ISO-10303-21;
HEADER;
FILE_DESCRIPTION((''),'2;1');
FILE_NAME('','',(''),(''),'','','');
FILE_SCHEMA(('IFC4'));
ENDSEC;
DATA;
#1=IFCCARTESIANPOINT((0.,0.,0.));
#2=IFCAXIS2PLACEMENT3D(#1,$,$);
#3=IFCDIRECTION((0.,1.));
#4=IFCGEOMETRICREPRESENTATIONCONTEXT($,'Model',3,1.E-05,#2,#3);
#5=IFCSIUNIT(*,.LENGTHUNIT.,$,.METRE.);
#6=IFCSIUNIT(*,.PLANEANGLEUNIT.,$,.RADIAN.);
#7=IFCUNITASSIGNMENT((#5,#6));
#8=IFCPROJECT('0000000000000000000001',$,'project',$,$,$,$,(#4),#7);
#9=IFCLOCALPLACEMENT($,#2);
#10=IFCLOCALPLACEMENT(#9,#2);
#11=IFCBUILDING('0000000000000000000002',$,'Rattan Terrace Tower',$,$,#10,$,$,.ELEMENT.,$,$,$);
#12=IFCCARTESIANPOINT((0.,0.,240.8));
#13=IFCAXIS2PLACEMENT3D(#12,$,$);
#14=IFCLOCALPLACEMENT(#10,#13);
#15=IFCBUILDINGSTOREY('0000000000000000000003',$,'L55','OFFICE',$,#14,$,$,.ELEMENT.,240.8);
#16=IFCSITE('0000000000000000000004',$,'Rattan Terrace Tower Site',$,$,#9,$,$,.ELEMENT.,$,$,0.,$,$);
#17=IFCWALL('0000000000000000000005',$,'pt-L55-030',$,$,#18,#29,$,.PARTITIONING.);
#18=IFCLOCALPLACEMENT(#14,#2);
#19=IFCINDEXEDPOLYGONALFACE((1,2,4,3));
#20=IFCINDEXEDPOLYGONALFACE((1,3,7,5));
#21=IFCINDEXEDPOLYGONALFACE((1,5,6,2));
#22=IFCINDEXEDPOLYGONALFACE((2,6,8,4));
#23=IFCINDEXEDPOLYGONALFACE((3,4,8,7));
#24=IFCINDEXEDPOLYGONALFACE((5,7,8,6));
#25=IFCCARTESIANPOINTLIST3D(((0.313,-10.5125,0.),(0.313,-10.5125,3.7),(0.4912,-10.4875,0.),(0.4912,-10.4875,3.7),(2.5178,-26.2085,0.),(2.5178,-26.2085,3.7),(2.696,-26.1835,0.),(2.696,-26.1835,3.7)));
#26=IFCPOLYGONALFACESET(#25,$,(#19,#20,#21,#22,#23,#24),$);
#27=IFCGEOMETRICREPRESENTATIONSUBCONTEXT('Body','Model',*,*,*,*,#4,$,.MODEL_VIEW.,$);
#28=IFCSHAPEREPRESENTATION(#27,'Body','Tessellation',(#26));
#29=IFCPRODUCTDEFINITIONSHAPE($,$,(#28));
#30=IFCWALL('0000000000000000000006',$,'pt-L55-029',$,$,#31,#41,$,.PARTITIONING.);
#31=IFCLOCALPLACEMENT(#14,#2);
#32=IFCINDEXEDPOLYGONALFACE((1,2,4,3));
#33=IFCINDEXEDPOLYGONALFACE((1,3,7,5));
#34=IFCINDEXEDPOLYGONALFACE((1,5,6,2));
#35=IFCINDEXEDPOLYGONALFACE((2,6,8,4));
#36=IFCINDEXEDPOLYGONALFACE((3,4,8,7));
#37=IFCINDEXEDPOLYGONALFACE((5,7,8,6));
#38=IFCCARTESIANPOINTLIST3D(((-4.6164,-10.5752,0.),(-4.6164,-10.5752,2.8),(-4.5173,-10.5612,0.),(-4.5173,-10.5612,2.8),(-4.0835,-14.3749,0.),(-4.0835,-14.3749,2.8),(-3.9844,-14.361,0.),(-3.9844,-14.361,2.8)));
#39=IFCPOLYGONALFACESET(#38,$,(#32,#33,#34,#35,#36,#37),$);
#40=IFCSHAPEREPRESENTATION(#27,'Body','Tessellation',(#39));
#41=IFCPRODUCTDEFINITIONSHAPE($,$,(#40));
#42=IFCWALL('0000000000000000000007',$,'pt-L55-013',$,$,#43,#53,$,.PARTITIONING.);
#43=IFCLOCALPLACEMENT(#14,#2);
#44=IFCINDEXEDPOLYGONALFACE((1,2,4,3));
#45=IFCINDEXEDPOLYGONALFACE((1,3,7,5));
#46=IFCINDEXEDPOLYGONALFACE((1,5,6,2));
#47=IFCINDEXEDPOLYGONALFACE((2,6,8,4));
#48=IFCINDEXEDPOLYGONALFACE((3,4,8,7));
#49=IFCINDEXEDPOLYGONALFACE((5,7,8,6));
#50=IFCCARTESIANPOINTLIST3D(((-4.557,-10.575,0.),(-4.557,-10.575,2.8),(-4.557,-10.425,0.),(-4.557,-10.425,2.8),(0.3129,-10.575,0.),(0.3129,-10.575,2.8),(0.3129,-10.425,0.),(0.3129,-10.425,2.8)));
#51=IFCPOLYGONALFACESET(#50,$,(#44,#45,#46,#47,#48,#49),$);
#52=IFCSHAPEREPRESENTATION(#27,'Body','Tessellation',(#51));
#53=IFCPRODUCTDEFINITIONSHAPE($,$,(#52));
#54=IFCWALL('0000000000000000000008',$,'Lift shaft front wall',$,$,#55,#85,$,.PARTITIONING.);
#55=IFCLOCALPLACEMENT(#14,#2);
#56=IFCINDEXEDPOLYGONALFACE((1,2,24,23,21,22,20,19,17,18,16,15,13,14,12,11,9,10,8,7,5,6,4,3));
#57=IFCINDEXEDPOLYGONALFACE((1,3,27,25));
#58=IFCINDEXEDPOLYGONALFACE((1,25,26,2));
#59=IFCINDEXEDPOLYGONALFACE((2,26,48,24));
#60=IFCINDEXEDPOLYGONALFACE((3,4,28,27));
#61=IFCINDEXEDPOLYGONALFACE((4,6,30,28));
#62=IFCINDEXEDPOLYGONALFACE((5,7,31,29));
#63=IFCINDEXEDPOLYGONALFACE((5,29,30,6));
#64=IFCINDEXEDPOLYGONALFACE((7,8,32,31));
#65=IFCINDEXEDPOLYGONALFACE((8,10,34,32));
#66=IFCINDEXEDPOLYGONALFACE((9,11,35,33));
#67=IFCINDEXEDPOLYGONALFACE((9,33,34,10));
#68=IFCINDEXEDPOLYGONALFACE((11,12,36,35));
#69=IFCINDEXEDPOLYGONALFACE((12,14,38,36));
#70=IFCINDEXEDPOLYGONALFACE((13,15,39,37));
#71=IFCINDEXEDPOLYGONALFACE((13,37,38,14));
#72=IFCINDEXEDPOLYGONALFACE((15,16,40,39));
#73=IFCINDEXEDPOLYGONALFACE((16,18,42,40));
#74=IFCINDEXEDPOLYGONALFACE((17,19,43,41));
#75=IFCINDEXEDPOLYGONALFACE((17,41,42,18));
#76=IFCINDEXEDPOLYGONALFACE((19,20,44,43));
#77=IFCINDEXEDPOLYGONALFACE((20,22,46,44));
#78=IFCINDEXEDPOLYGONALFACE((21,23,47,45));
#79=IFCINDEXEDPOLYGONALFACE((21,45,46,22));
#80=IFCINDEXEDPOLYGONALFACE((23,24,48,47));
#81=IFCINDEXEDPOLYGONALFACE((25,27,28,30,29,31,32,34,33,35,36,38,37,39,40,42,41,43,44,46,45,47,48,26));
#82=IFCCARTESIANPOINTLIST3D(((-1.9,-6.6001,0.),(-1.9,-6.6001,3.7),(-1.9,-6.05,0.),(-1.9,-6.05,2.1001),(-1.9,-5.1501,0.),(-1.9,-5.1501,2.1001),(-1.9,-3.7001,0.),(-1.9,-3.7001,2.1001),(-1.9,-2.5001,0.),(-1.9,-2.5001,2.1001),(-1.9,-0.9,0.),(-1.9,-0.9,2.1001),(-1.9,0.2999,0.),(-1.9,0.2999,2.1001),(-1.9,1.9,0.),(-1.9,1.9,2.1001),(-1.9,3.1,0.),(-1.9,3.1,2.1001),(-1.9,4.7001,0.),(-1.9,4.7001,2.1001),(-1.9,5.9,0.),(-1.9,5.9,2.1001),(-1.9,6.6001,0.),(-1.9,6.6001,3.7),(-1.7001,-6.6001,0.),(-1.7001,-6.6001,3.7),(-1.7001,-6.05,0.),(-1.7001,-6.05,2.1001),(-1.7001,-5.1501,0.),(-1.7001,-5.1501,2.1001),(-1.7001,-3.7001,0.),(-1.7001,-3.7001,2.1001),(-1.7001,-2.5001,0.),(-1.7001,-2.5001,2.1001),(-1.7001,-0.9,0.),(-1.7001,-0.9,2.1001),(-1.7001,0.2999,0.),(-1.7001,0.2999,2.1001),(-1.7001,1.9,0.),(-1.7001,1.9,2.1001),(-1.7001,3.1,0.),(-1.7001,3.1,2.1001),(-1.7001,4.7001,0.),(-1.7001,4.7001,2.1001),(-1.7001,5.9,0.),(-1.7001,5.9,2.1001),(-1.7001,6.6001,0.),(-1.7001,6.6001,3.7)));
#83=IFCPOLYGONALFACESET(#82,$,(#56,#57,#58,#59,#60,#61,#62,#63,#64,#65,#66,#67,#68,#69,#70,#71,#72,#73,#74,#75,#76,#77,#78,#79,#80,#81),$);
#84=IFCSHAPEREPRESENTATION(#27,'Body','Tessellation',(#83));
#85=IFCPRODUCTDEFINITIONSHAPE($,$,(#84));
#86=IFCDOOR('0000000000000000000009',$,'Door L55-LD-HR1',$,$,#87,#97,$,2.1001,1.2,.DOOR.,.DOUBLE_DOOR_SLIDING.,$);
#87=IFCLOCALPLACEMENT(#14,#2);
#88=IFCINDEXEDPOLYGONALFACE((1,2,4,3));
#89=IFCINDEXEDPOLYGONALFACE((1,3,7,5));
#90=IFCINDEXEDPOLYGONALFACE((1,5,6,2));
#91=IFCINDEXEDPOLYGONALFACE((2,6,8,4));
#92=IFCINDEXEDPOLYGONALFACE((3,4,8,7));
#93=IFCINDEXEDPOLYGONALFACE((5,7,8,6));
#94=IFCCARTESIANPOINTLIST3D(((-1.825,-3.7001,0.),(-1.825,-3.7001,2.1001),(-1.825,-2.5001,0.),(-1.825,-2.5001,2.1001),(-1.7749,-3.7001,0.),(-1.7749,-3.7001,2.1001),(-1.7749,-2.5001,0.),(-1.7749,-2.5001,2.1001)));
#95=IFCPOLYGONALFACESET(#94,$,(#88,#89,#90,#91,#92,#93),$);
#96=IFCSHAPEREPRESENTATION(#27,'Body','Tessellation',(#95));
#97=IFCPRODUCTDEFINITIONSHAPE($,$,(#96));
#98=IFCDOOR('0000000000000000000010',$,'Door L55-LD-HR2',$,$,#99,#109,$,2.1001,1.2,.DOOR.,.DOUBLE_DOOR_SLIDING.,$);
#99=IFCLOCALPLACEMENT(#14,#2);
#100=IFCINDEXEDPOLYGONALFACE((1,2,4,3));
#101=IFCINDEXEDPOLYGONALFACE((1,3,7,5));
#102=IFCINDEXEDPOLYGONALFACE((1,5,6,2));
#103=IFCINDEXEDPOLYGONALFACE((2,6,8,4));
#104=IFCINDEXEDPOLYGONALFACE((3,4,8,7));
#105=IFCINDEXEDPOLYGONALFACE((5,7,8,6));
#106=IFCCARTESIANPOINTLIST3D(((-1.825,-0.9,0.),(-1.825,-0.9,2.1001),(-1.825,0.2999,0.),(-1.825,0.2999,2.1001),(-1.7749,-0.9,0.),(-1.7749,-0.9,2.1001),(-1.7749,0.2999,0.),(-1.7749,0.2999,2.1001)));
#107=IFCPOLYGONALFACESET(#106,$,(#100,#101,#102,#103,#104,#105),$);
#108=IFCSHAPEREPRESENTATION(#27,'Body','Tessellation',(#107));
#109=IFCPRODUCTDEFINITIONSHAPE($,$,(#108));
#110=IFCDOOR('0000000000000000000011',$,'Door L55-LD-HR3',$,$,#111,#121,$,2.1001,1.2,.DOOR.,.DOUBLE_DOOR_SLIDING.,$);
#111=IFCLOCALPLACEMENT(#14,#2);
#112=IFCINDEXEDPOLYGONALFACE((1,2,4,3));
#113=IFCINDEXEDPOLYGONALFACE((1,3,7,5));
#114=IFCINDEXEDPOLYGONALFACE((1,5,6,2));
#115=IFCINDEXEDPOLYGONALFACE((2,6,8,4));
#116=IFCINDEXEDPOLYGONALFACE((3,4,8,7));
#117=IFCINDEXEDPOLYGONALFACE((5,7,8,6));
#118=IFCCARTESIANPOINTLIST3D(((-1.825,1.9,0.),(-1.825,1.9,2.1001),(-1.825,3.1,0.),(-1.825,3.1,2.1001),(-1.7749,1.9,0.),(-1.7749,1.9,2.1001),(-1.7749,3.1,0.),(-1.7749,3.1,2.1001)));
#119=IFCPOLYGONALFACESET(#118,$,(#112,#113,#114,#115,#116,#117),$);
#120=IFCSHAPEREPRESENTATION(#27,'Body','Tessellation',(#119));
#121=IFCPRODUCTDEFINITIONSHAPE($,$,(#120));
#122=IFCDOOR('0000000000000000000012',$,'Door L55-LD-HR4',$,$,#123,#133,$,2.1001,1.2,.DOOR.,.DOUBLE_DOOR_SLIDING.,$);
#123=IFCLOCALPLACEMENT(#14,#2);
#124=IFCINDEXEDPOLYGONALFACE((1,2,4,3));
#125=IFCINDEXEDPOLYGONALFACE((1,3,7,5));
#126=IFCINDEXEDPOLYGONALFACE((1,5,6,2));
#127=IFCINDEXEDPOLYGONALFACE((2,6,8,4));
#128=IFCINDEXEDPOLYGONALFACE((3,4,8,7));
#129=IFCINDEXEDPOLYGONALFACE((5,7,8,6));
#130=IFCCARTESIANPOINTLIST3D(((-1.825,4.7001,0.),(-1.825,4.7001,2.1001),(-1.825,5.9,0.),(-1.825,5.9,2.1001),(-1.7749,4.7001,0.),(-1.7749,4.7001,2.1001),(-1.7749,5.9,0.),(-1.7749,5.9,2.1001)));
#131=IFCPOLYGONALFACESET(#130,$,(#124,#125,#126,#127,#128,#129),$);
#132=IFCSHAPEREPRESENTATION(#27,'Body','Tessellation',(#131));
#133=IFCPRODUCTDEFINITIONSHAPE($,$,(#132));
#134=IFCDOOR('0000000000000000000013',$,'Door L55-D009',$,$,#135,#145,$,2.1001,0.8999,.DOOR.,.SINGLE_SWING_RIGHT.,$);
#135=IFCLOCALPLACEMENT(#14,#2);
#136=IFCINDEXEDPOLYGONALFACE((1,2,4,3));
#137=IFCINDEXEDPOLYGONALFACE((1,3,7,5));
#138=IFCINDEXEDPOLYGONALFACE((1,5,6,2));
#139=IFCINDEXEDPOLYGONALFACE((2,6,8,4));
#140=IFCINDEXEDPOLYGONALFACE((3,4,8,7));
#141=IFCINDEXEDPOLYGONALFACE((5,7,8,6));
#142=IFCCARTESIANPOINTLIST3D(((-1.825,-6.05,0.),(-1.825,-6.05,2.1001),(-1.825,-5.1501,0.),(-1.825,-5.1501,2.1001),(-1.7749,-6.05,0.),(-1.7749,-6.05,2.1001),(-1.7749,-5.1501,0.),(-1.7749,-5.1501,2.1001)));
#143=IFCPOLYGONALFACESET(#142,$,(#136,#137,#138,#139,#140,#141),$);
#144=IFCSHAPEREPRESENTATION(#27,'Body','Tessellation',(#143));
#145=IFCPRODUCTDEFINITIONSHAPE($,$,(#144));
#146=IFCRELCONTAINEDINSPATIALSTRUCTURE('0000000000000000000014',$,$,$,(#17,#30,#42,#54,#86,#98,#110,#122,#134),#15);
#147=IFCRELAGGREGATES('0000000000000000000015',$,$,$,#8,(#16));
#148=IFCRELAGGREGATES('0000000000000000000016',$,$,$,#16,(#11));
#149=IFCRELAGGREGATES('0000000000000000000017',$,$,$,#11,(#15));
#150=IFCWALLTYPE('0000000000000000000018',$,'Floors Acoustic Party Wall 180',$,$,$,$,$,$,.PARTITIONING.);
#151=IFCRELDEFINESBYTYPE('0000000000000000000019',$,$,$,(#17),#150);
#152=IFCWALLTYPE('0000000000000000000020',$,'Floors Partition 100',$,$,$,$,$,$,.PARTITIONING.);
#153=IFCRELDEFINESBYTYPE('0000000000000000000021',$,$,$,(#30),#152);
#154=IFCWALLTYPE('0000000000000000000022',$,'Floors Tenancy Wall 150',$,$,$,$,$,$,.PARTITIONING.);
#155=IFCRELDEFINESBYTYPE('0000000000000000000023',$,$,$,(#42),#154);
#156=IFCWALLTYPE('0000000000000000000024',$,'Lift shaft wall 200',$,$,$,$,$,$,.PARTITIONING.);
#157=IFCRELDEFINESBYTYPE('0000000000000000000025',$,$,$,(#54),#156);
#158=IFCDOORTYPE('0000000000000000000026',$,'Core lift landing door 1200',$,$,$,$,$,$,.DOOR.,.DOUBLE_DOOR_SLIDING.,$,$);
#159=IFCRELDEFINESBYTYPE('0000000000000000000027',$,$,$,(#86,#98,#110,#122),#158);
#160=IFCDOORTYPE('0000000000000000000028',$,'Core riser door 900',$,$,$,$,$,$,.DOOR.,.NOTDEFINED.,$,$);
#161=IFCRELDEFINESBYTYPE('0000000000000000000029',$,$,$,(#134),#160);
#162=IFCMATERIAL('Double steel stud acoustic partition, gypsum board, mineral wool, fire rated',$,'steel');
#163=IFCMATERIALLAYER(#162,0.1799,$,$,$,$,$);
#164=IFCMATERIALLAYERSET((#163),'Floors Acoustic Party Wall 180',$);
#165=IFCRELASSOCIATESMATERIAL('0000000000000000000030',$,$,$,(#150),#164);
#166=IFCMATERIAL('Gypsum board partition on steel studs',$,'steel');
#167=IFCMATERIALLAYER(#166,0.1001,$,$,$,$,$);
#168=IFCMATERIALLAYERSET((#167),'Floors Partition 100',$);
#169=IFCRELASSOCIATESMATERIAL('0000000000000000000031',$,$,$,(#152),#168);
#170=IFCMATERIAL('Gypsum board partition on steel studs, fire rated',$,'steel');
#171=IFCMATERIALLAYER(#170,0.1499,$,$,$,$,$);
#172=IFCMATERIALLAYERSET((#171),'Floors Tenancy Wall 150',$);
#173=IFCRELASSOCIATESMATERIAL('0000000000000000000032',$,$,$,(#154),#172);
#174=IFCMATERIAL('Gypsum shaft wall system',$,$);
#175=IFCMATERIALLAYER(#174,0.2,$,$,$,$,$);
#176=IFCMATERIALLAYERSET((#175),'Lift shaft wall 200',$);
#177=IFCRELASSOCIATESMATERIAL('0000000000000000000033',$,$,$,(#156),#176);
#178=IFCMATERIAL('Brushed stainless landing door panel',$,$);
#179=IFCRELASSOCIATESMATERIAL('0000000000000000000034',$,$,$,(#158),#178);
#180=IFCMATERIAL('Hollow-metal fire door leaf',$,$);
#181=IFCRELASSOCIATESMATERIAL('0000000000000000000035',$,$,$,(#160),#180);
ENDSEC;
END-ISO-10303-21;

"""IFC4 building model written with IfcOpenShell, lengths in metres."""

from ifc_helpers import new_model, si_unit, direction, frame, frame_2d, origin, place, context, subcontext, project, spatial, rectangle, extrude, material, layer, layer_set, type_object, element, fill, save


model = new_model("IFC4")

# Units and contexts
model_context = context("Model", 3, precision=1e-05, world=origin(), true_north=direction((0.0, 1.0)))
body_context = subcontext(model_context, "Body", "Model", "MODEL_VIEW")
ifc_project = project(units=[si_unit("LENGTHUNIT", "METRE"), si_unit("PLANEANGLEUNIT", "RADIAN")], contexts=[model_context])

# Site, building, storey
site_placement = place(None, origin())
site = spatial("IfcSite", under=ifc_project, at=site_placement, Name="Rattan Terrace Tower Site", CompositionType="ELEMENT", RefElevation=0.0)
building_placement = place(site_placement, origin())
building = spatial("IfcBuilding", under=site, at=building_placement, Name="Rattan Terrace Tower", CompositionType="ELEMENT")
storey_placement = place(building_placement, frame((0.0, 0.0, 240.8)))
storey = spatial("IfcBuildingStorey", under=building, at=storey_placement, Name="L55", Description="OFFICE", CompositionType="ELEMENT", Elevation=240.8)

# Walls
ifc_material_1 = material(Name="Double steel stud acoustic partition, gypsum board, mineral wool, fire rated", Category="steel")
ifc_layer_1 = layer(ifc_material_1, 0.1799)
ifc_layer_set_1 = layer_set([ifc_layer_1], Name="Floors Acoustic Party Wall 180")
wall_type_1 = type_object("IfcWallType", Name="Floors Acoustic Party Wall 180", PredefinedType="PARTITIONING", material=ifc_layer_set_1)
wall_1_placement = place(storey_placement, frame((0.4021, -10.5, 0.0), z_axis=(0.0, 0.0, 1.0), x_axis=(0.139105, -0.990278, 0.0)))
element("IfcWall", 1, at=wall_1_placement, inside=storey, type_object=wall_type_1, Name="pt-L55-030", PredefinedType="PARTITIONING", context=body_context, shape_type="SweptSolid", body=[
    extrude(rectangle(XDim=15.8501, YDim=0.1799, at=frame_2d((7.925, 0.0))), origin(), (0.0, 0.0, 1.0), 3.7),
])
ifc_material_2 = material(Name="Gypsum board partition on steel studs", Category="steel")
ifc_layer_2 = layer(ifc_material_2, 0.1001)
ifc_layer_set_2 = layer_set([ifc_layer_2], Name="Floors Partition 100")
wall_type_2 = type_object("IfcWallType", Name="Floors Partition 100", PredefinedType="PARTITIONING", material=ifc_layer_set_2)
wall_2_placement = place(storey_placement, frame((-4.0339, -14.3679, 0.0), z_axis=(0.0, 0.0, 1.0), x_axis=(-0.1389, 0.990306, 0.0)))
element("IfcWall", 2, at=wall_2_placement, inside=storey, type_object=wall_type_2, Name="pt-L55-029", PredefinedType="PARTITIONING", context=body_context, shape_type="SweptSolid", body=[
    extrude(rectangle(XDim=3.8369, YDim=0.1001, at=frame_2d((1.9185, 0.0))), origin(), (0.0, 0.0, 1.0), 2.8),
])
ifc_material_3 = material(Name="Gypsum board partition on steel studs, fire rated", Category="steel")
ifc_layer_3 = layer(ifc_material_3, 0.1499)
ifc_layer_set_3 = layer_set([ifc_layer_3], Name="Floors Tenancy Wall 150")
wall_type_3 = type_object("IfcWallType", Name="Floors Tenancy Wall 150", PredefinedType="PARTITIONING", material=ifc_layer_set_3)
wall_3_placement = place(storey_placement, frame((0.313, -10.5, 0.0), z_axis=(0.0, 0.0, 1.0), x_axis=(-1.0, 0.0, 0.0)))
element("IfcWall", 3, at=wall_3_placement, inside=storey, type_object=wall_type_3, Name="pt-L55-013", PredefinedType="PARTITIONING", context=body_context, shape_type="SweptSolid", body=[
    extrude(rectangle(XDim=4.8699, YDim=0.1499, at=frame_2d((2.4351, 0.0))), origin(), (0.0, 0.0, 1.0), 2.8),
])

# Wall, openings, doors
ifc_material_4 = material(Name="Gypsum shaft wall system")
ifc_layer_4 = layer(ifc_material_4, 0.2)
ifc_layer_set_4 = layer_set([ifc_layer_4], Name="Lift shaft wall 200")
wall_type_4 = type_object("IfcWallType", Name="Lift shaft wall 200", PredefinedType="PARTITIONING", material=ifc_layer_set_4)
wall_4_placement = place(storey_placement, frame((-1.8, -6.6001, 0.0), z_axis=(0.0, 0.0, 1.0), x_axis=(0.0, 1.0, 0.0)))
wall_4 = element("IfcWall", 4, at=wall_4_placement, inside=storey, type_object=wall_type_4, Name="Lift shaft front wall", PredefinedType="PARTITIONING", context=body_context, shape_type="SweptSolid", body=[
    extrude(rectangle(XDim=13.2002, YDim=0.2, at=frame_2d((6.6001, 0.0))), origin(), (0.0, 0.0, 1.0), 3.7),
])
opening_1_placement = place(wall_4_placement, frame((0.55, 0.0, 0.0)))
opening_1 = element("IfcOpeningElement", 5, at=opening_1_placement, cuts=wall_4, PredefinedType="OPENING", context=body_context, shape_type="SweptSolid", body=[
    extrude(rectangle(XDim=0.8999, YDim=2.1001, at=frame_2d((0.45, 1.05))), frame((0.0, 0.1106, 0.0), z_axis=(0.0, -1.0, 0.0), x_axis=(1.0, 0.0, 0.0)), (0.0, 0.0, 1.0), 0.2209),
])
opening_2_placement = place(wall_4_placement, frame((2.8999, 0.0, 0.0)))
opening_2 = element("IfcOpeningElement", 6, at=opening_2_placement, cuts=wall_4, PredefinedType="OPENING", context=body_context, shape_type="SweptSolid", body=[
    extrude(rectangle(XDim=1.2, YDim=2.1001, at=frame_2d((0.6001, 1.05))), frame((0.0, 0.1106, 0.0), z_axis=(0.0, -1.0, 0.0), x_axis=(1.0, 0.0, 0.0)), (0.0, 0.0, 1.0), 0.2209),
])
opening_3_placement = place(wall_4_placement, frame((5.7, 0.0, 0.0)))
opening_3 = element("IfcOpeningElement", 7, at=opening_3_placement, cuts=wall_4, PredefinedType="OPENING", context=body_context, shape_type="SweptSolid", body=[
    extrude(rectangle(XDim=1.2, YDim=2.1001, at=frame_2d((0.6001, 1.05))), frame((0.0, 0.1106, 0.0), z_axis=(0.0, -1.0, 0.0), x_axis=(1.0, 0.0, 0.0)), (0.0, 0.0, 1.0), 0.2209),
])
opening_4_placement = place(wall_4_placement, frame((8.5, 0.0, 0.0)))
opening_4 = element("IfcOpeningElement", 8, at=opening_4_placement, cuts=wall_4, PredefinedType="OPENING", context=body_context, shape_type="SweptSolid", body=[
    extrude(rectangle(XDim=1.2, YDim=2.1001, at=frame_2d((0.6001, 1.05))), frame((0.0, 0.1106, 0.0), z_axis=(0.0, -1.0, 0.0), x_axis=(1.0, 0.0, 0.0)), (0.0, 0.0, 1.0), 0.2209),
])
opening_5_placement = place(wall_4_placement, frame((11.3, 0.0, 0.0)))
opening_5 = element("IfcOpeningElement", 9, at=opening_5_placement, cuts=wall_4, PredefinedType="OPENING", context=body_context, shape_type="SweptSolid", body=[
    extrude(rectangle(XDim=1.2, YDim=2.1001, at=frame_2d((0.6001, 1.05))), frame((0.0, 0.1106, 0.0), z_axis=(0.0, -1.0, 0.0), x_axis=(1.0, 0.0, 0.0)), (0.0, 0.0, 1.0), 0.2209),
])
ifc_material_5 = material(Name="Brushed stainless landing door panel")
door_type_1 = type_object("IfcDoorType", Name="Core lift landing door 1200", OperationType="DOUBLE_DOOR_SLIDING", PredefinedType="DOOR", material=ifc_material_5)
door_1_placement = place(opening_2_placement, origin())
door_1 = element("IfcDoor", 10, at=door_1_placement, inside=storey, type_object=door_type_1, Name="Door L55-LD-HR1", OperationType="DOUBLE_DOOR_SLIDING", OverallHeight=2.1001, OverallWidth=1.2, PredefinedType="DOOR", context=body_context, shape_type="SweptSolid", body=[
    extrude(rectangle(XDim=1.2, YDim=2.1001, at=frame_2d((0.6001, 1.05))), frame((0.0, 0.0249, 0.0), z_axis=(0.0, -1.0, 0.0), x_axis=(1.0, 0.0, 0.0)), (0.0, 0.0, 1.0), 0.05),
])
fill(opening_2, door_1)
door_2_placement = place(opening_3_placement, origin())
door_2 = element("IfcDoor", 11, at=door_2_placement, inside=storey, type_object=door_type_1, Name="Door L55-LD-HR2", OperationType="DOUBLE_DOOR_SLIDING", OverallHeight=2.1001, OverallWidth=1.2, PredefinedType="DOOR", context=body_context, shape_type="SweptSolid", body=[
    extrude(rectangle(XDim=1.2, YDim=2.1001, at=frame_2d((0.6001, 1.05))), frame((0.0, 0.0249, 0.0), z_axis=(0.0, -1.0, 0.0), x_axis=(1.0, 0.0, 0.0)), (0.0, 0.0, 1.0), 0.05),
])
fill(opening_3, door_2)
door_3_placement = place(opening_4_placement, origin())
door_3 = element("IfcDoor", 12, at=door_3_placement, inside=storey, type_object=door_type_1, Name="Door L55-LD-HR3", OperationType="DOUBLE_DOOR_SLIDING", OverallHeight=2.1001, OverallWidth=1.2, PredefinedType="DOOR", context=body_context, shape_type="SweptSolid", body=[
    extrude(rectangle(XDim=1.2, YDim=2.1001, at=frame_2d((0.6001, 1.05))), frame((0.0, 0.0249, 0.0), z_axis=(0.0, -1.0, 0.0), x_axis=(1.0, 0.0, 0.0)), (0.0, 0.0, 1.0), 0.05),
])
fill(opening_4, door_3)
door_4_placement = place(opening_5_placement, origin())
door_4 = element("IfcDoor", 13, at=door_4_placement, inside=storey, type_object=door_type_1, Name="Door L55-LD-HR4", OperationType="DOUBLE_DOOR_SLIDING", OverallHeight=2.1001, OverallWidth=1.2, PredefinedType="DOOR", context=body_context, shape_type="SweptSolid", body=[
    extrude(rectangle(XDim=1.2, YDim=2.1001, at=frame_2d((0.6001, 1.05))), frame((0.0, 0.0249, 0.0), z_axis=(0.0, -1.0, 0.0), x_axis=(1.0, 0.0, 0.0)), (0.0, 0.0, 1.0), 0.05),
])
fill(opening_5, door_4)
ifc_material_6 = material(Name="Hollow-metal fire door leaf")
door_type_2 = type_object("IfcDoorType", Name="Core riser door 900", OperationType="NOTDEFINED", PredefinedType="DOOR", material=ifc_material_6)
door_5_placement = place(opening_1_placement, origin())
door_5 = element("IfcDoor", 14, at=door_5_placement, inside=storey, type_object=door_type_2, Name="Door L55-D009", OperationType="SINGLE_SWING_RIGHT", OverallHeight=2.1001, OverallWidth=0.8999, PredefinedType="DOOR", context=body_context, shape_type="SweptSolid", body=[
    extrude(rectangle(XDim=0.8999, YDim=2.1001, at=frame_2d((0.45, 1.05))), frame((0.0, 0.0249, 0.0), z_axis=(0.0, -1.0, 0.0), x_axis=(1.0, 0.0, 0.0)), (0.0, 0.0, 1.0), 0.05),
])
fill(opening_1, door_5)

save(model, "model.ifc")
